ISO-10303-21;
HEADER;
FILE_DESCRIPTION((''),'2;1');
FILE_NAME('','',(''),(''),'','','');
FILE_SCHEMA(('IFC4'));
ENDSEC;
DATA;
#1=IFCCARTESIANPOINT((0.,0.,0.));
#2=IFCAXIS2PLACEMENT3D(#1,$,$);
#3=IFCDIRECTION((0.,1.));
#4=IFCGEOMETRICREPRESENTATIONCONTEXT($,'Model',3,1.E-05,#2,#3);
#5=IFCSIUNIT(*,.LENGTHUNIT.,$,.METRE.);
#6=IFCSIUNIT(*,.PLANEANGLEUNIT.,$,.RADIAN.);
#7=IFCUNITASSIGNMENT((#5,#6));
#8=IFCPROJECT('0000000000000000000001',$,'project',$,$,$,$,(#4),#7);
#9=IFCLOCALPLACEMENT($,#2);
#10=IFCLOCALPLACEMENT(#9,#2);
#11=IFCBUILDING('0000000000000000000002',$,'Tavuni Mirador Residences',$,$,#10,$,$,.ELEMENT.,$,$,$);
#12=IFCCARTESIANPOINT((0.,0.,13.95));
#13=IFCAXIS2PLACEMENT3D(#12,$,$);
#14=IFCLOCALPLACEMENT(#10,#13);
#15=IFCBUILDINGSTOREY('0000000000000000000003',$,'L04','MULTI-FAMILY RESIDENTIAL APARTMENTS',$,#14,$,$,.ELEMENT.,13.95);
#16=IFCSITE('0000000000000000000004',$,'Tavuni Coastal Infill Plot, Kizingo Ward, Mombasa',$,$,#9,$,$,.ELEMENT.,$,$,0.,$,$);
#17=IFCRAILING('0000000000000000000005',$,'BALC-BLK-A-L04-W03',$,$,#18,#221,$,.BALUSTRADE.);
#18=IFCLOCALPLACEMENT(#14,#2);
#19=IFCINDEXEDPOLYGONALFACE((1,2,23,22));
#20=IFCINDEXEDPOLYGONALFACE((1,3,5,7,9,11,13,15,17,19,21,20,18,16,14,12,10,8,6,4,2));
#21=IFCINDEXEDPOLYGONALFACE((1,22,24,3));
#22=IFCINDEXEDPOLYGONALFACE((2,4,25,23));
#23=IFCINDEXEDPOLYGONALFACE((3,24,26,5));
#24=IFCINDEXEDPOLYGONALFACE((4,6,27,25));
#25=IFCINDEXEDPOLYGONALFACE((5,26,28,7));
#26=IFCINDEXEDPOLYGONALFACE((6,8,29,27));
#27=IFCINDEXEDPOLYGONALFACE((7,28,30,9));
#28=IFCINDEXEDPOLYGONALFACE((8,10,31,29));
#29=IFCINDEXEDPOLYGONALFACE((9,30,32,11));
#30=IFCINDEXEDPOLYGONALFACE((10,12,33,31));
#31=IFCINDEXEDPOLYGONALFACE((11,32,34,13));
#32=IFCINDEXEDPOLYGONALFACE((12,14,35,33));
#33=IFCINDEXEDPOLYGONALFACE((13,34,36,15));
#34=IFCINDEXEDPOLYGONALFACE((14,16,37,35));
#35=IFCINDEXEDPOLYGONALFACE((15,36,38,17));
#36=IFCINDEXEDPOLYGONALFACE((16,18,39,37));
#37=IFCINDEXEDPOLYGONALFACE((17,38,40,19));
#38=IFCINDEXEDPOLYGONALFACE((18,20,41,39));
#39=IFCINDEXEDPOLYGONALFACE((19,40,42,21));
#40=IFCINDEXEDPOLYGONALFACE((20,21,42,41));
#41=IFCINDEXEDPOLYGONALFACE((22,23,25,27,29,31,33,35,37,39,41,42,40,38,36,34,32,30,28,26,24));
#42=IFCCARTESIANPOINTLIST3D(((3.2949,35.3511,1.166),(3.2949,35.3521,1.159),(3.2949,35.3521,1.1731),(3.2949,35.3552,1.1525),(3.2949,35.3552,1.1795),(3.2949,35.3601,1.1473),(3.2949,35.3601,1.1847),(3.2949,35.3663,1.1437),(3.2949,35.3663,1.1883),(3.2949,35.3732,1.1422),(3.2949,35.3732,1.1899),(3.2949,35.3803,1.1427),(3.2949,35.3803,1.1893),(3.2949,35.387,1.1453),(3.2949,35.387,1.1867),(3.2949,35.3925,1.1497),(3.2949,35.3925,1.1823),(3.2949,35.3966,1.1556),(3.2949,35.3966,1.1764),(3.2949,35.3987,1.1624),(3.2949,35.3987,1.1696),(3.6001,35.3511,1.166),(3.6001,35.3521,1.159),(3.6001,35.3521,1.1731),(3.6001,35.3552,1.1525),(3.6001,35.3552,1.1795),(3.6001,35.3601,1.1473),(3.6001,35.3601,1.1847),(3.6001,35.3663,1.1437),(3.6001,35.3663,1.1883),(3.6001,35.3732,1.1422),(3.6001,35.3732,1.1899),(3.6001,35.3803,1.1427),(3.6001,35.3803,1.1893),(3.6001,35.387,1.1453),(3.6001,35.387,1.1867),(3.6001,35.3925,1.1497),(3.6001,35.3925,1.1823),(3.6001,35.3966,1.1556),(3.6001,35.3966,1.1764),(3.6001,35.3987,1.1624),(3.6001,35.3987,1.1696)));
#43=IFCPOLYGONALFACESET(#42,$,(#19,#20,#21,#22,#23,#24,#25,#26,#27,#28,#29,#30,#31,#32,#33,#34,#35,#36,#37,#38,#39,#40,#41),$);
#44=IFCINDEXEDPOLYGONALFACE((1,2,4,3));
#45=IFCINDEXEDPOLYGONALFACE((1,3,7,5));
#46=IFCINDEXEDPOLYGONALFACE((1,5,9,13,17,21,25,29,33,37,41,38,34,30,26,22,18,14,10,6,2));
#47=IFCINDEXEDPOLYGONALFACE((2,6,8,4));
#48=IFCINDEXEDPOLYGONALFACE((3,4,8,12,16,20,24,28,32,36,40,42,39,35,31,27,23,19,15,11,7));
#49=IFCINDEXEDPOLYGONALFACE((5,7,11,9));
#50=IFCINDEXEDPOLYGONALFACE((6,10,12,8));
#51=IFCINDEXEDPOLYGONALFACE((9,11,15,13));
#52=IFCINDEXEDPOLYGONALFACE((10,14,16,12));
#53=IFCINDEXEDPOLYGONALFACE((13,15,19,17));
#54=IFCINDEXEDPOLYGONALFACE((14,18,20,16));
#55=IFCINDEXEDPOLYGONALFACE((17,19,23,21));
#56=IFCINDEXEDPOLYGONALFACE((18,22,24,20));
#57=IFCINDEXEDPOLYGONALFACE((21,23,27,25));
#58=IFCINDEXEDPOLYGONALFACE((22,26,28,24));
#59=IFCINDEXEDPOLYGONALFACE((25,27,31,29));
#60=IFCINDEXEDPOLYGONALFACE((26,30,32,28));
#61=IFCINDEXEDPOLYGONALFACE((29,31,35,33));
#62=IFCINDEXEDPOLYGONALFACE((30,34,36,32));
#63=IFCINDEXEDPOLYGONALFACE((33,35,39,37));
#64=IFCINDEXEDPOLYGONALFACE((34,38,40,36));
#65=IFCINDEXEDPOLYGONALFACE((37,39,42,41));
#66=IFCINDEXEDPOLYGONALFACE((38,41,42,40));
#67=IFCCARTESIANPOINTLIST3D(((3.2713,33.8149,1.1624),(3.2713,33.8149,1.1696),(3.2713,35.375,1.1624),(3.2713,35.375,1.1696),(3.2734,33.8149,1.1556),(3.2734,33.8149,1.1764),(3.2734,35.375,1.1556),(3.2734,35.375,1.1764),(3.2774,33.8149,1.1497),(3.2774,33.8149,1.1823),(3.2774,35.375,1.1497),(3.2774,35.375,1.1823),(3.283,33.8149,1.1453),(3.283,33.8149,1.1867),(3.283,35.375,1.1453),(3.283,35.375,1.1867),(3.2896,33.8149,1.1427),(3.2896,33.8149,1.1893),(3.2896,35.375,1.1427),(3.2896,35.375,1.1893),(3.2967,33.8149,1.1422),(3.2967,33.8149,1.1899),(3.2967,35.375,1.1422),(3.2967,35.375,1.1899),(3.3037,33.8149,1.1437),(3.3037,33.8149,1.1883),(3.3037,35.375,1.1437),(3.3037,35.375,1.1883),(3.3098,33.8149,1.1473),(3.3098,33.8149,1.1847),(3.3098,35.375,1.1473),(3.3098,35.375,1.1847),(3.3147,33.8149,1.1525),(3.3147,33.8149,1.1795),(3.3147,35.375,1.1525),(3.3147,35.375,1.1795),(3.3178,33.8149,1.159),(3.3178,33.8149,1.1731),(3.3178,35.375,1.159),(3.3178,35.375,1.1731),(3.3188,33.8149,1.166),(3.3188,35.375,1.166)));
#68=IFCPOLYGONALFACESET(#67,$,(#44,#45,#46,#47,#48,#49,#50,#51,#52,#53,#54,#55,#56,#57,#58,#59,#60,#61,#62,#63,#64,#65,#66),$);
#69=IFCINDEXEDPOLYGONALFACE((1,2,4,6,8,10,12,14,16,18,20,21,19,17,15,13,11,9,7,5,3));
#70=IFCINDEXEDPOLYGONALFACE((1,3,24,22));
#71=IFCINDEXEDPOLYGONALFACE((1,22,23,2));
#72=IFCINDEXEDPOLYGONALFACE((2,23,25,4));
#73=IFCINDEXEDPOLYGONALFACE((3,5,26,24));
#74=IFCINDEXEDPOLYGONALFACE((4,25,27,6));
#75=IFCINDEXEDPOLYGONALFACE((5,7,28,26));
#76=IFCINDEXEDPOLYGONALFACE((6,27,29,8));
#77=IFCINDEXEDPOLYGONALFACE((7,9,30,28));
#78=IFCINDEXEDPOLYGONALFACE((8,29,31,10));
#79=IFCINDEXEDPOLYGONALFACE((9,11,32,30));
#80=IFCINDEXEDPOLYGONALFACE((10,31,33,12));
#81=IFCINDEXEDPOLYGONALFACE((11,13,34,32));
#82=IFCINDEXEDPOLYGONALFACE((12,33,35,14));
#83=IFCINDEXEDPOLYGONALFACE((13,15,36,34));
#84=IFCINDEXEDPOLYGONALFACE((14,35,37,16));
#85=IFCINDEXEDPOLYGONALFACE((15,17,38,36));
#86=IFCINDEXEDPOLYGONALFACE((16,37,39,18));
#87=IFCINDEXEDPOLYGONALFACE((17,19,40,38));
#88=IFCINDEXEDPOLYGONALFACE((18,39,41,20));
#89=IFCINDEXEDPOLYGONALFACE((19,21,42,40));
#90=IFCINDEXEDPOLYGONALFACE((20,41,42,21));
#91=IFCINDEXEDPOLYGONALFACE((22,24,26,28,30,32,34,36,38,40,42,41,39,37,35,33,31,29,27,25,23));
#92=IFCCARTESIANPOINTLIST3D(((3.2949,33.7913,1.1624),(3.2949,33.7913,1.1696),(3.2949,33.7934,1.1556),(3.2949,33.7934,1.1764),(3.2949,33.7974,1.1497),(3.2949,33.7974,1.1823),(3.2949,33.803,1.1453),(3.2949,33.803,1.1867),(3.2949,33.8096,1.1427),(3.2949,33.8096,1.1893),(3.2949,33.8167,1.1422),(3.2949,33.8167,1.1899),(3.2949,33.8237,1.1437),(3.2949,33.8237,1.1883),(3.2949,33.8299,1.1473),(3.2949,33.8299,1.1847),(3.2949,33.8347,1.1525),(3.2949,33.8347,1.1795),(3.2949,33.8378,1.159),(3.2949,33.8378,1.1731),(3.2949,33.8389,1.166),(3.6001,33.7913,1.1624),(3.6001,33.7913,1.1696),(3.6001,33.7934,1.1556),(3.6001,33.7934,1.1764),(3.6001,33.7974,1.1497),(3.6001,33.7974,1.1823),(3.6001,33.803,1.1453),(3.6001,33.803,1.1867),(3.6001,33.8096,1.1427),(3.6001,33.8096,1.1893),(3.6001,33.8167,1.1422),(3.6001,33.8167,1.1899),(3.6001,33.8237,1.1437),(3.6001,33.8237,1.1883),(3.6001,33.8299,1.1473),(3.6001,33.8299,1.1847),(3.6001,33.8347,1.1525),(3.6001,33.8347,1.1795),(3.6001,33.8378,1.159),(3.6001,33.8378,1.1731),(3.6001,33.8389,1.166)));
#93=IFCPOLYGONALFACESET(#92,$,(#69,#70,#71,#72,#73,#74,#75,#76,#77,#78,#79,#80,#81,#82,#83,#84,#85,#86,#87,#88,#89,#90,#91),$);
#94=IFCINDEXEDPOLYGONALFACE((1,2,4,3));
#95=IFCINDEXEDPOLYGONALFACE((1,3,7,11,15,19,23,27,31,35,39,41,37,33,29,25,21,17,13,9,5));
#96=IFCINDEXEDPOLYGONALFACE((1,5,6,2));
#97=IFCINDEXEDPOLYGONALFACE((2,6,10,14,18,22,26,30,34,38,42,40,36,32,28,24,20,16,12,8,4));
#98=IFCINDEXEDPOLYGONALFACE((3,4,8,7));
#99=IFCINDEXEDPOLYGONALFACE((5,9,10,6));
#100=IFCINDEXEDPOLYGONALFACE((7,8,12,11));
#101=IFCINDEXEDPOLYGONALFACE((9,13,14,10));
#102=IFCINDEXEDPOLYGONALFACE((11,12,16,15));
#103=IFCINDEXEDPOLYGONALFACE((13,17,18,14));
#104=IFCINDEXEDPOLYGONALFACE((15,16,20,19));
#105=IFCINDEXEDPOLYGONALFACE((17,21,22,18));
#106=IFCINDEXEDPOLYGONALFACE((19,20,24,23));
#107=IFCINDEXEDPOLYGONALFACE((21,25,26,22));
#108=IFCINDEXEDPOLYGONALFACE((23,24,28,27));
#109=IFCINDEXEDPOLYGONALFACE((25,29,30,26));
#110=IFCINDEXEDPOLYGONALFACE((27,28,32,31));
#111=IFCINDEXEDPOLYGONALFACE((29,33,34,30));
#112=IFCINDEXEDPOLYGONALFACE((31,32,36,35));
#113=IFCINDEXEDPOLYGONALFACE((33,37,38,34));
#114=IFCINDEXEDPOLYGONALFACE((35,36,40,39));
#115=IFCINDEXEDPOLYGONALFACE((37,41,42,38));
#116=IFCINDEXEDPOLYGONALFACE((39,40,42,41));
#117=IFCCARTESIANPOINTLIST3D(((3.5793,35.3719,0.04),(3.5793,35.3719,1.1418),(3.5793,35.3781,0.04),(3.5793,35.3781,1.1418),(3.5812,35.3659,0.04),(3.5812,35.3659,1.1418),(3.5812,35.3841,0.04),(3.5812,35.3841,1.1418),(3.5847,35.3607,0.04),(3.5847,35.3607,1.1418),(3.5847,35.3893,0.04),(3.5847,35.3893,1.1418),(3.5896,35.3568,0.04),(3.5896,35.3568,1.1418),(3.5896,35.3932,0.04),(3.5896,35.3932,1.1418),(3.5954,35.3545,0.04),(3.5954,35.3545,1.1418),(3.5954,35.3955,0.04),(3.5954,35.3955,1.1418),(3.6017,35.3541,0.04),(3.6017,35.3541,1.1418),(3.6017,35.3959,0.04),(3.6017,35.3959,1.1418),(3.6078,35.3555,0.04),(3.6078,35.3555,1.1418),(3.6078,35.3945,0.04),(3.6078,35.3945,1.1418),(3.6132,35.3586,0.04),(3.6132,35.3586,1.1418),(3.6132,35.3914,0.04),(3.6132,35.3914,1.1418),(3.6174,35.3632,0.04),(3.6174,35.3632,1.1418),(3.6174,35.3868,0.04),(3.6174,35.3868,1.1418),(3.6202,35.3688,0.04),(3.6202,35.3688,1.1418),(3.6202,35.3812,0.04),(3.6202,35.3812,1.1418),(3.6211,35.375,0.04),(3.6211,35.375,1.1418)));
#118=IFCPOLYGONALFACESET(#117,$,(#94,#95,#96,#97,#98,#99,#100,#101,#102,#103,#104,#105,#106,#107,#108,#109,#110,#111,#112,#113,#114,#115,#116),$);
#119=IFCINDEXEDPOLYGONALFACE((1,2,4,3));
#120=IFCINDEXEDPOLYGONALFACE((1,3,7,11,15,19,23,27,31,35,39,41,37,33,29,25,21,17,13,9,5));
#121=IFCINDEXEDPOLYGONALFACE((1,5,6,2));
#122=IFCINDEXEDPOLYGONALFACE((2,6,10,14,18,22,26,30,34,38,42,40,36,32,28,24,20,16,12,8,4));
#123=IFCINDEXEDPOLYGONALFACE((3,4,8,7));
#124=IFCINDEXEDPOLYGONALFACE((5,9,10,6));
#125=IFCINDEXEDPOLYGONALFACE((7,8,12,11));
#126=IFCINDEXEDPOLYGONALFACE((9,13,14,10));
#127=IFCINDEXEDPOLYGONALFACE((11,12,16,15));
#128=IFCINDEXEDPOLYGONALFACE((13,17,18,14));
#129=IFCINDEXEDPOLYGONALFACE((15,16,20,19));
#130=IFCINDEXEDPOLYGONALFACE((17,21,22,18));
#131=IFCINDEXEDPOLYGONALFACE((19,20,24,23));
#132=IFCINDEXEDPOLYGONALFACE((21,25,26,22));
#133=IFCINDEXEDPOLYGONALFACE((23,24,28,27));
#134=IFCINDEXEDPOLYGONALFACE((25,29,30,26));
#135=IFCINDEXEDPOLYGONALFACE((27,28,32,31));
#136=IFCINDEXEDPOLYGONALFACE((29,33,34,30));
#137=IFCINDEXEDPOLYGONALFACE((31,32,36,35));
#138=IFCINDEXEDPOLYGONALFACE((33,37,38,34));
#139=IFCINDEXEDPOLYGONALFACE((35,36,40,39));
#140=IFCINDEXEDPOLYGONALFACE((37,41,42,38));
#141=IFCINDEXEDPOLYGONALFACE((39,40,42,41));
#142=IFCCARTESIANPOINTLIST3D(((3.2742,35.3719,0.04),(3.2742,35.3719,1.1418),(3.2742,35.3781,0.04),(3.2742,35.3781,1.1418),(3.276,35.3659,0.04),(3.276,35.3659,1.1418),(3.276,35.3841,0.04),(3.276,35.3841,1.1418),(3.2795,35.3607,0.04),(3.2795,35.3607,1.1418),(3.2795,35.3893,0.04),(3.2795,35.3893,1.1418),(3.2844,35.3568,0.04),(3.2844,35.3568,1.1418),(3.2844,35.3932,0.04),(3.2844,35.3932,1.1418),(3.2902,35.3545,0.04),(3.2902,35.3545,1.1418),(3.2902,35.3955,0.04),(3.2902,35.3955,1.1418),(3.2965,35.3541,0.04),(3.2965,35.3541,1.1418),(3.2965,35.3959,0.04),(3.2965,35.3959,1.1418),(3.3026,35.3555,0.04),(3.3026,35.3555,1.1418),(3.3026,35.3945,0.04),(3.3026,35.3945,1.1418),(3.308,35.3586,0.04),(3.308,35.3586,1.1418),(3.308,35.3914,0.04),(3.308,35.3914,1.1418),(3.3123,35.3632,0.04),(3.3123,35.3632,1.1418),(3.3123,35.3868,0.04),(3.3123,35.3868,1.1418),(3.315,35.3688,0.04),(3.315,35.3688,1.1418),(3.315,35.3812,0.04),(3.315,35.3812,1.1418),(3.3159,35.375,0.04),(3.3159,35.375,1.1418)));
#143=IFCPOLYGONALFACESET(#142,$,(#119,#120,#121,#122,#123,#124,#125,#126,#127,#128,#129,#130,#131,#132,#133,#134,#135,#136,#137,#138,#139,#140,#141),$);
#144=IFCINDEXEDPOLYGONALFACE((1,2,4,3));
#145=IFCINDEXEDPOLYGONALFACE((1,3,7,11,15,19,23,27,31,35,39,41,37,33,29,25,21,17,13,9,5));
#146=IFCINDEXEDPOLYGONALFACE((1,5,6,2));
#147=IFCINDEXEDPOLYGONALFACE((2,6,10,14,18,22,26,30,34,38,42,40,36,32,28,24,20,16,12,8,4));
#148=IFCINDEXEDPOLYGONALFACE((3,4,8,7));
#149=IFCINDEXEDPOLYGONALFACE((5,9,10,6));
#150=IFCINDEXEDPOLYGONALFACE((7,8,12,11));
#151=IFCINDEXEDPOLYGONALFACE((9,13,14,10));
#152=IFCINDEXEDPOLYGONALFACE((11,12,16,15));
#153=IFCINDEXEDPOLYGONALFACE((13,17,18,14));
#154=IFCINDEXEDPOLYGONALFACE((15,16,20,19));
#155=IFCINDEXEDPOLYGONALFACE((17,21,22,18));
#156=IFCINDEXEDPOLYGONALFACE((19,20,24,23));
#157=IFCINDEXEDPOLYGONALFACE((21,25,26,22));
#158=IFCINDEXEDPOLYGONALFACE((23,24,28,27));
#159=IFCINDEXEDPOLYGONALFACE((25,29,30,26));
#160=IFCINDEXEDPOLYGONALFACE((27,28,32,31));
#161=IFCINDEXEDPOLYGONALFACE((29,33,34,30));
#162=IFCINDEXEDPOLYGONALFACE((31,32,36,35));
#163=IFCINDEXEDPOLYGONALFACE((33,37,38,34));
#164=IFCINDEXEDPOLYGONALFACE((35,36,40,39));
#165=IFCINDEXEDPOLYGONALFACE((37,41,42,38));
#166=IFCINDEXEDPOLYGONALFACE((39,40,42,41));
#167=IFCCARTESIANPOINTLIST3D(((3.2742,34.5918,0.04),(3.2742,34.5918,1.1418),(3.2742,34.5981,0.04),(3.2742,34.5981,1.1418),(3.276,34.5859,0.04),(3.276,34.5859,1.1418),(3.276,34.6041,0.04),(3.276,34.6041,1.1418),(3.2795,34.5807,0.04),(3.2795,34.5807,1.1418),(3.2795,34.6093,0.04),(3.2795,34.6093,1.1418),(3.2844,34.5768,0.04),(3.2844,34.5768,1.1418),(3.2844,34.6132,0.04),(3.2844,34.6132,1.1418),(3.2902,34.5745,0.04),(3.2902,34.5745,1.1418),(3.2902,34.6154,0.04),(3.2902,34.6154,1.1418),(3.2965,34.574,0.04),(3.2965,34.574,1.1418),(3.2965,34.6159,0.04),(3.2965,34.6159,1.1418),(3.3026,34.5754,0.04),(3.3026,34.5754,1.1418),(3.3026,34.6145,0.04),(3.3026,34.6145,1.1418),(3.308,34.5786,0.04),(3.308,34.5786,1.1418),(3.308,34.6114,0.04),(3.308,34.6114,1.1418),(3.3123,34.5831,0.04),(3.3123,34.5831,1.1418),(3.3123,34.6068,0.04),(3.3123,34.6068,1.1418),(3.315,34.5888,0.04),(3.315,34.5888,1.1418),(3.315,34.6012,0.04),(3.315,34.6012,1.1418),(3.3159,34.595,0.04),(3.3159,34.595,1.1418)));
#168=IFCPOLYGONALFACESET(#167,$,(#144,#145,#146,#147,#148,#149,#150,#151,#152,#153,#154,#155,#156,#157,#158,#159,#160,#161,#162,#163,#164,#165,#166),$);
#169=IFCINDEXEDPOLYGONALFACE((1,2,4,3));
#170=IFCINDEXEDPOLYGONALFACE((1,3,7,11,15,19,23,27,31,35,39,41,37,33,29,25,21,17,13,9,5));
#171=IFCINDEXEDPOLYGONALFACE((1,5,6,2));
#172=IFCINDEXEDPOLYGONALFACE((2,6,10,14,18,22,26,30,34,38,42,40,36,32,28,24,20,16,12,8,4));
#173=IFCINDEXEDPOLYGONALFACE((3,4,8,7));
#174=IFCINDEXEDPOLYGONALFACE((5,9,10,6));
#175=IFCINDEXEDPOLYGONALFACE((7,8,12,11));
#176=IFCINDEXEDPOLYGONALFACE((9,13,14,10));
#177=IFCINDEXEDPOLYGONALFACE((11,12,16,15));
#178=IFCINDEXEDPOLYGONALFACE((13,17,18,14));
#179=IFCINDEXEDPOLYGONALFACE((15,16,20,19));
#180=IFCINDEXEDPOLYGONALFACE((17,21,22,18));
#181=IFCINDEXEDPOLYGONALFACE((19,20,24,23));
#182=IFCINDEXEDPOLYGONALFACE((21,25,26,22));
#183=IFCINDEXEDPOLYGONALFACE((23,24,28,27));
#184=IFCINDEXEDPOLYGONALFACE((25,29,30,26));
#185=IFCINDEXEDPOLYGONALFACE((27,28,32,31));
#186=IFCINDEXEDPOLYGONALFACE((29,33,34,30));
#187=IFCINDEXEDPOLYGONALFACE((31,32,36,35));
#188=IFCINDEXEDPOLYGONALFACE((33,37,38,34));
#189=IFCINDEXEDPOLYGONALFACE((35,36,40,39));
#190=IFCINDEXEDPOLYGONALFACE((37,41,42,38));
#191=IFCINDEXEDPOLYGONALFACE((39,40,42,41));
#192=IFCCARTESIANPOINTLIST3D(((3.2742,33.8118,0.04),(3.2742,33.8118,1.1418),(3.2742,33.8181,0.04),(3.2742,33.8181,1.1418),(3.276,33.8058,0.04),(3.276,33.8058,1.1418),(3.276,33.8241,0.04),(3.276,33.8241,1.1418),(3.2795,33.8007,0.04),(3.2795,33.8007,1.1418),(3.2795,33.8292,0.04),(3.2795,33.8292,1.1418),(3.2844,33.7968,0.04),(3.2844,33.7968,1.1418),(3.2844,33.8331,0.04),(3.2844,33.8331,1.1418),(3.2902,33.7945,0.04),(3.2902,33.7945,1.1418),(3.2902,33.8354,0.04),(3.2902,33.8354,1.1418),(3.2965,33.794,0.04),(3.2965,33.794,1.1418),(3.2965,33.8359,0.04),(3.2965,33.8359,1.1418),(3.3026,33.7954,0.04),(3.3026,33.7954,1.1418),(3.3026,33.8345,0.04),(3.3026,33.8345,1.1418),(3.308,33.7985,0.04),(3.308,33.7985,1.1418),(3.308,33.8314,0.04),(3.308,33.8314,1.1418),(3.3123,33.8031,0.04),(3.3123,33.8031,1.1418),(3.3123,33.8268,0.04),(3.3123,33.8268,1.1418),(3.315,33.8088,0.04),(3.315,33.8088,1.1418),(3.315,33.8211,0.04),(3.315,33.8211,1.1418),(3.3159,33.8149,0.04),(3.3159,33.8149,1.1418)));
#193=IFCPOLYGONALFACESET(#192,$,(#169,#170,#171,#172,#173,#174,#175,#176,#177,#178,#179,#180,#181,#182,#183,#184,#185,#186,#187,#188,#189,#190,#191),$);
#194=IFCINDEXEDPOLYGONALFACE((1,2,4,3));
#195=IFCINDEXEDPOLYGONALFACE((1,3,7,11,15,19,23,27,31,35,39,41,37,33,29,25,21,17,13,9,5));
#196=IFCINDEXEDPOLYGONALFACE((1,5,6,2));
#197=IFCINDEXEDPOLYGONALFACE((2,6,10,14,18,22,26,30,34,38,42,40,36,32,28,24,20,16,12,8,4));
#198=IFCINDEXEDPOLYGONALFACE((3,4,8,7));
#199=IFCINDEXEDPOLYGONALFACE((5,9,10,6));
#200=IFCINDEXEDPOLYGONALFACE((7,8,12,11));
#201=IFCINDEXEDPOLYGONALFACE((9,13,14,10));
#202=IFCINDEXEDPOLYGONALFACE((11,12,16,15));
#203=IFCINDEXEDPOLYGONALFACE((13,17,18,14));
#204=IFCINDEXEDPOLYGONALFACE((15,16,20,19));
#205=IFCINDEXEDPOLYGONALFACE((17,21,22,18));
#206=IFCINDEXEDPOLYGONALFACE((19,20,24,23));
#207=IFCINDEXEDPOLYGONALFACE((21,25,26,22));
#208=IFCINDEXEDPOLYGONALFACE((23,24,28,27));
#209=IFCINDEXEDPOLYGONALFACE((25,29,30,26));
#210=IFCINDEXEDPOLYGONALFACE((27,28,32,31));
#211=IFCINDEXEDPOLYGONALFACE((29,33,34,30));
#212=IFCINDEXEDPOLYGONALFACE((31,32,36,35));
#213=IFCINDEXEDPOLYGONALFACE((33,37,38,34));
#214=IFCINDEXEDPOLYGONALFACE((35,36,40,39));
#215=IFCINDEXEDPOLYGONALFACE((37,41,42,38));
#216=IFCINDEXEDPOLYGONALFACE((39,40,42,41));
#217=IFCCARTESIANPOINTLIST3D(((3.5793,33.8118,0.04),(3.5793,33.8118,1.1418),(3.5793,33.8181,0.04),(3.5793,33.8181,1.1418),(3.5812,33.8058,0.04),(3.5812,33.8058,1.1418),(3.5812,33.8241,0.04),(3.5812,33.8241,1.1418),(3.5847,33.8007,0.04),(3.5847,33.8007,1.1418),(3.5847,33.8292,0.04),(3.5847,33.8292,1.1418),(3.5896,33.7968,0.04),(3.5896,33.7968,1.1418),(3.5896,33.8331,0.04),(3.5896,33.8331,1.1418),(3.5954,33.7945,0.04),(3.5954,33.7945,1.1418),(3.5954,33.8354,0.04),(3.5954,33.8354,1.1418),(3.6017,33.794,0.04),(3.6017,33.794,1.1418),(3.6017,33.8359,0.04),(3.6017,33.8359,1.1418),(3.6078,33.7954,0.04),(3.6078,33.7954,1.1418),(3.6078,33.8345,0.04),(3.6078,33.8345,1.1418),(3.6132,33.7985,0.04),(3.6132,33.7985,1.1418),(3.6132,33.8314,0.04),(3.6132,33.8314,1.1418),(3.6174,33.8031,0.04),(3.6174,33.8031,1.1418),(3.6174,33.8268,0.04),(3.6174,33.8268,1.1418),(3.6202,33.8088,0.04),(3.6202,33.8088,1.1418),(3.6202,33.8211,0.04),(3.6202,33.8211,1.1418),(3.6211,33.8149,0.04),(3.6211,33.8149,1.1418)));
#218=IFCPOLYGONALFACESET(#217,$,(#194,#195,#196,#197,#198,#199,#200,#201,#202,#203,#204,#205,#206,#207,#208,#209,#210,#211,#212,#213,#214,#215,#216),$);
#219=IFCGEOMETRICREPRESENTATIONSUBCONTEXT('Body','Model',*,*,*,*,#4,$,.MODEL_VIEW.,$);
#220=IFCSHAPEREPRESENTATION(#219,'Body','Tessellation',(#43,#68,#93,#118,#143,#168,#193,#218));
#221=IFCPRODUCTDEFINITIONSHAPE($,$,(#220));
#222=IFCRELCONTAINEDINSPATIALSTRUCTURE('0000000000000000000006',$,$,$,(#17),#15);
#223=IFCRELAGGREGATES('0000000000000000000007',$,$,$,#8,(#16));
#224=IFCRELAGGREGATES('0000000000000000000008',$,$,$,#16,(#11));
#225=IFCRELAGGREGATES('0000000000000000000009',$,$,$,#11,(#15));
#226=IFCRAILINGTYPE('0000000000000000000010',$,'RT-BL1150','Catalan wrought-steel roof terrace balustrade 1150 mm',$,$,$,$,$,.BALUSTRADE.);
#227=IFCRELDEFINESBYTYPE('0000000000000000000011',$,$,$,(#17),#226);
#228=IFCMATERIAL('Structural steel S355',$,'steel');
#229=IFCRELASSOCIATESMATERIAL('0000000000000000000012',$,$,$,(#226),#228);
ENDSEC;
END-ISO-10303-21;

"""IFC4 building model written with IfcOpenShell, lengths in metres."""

from ifc_helpers import new_model, si_unit, direction, frame, origin, origin_2d, place, context, subcontext, project, spatial, circle, extrude, material, type_object, element, save


model = new_model("IFC4")

# Units and contexts
model_context = context("Model", 3, precision=1e-05, world=origin(), true_north=direction((0.0, 1.0)))
body_context = subcontext(model_context, "Body", "Model", "MODEL_VIEW")
ifc_project = project(units=[si_unit("LENGTHUNIT", "METRE"), si_unit("PLANEANGLEUNIT", "RADIAN")], contexts=[model_context])

# Site, building, storey
site_placement = place(None, origin())
site = spatial("IfcSite", under=ifc_project, at=site_placement, Name="Tavuni Coastal Infill Plot, Kizingo Ward, Mombasa", CompositionType="ELEMENT", RefElevation=0.0)
building_placement = place(site_placement, origin())
building = spatial("IfcBuilding", under=site, at=building_placement, Name="Tavuni Mirador Residences", CompositionType="ELEMENT")
storey_placement = place(building_placement, frame((0.0, 0.0, 13.95)))
storey = spatial("IfcBuildingStorey", under=building, at=storey_placement, Name="L04", Description="MULTI-FAMILY RESIDENTIAL APARTMENTS", CompositionType="ELEMENT", Elevation=13.95)

# Railing
ifc_material_1 = material(Name="Structural steel S355", Category="steel")
railing_type = type_object("IfcRailingType", Name="RT-BL1150", Description="Catalan wrought-steel roof terrace balustrade 1150 mm", PredefinedType="BALUSTRADE", material=ifc_material_1)
railing_placement = place(storey_placement, frame((3.6001, 35.375, 0.04)))
element("IfcRailing", 1, at=railing_placement, inside=storey, type_object=railing_type, Name="BALC-BLK-A-L04-W03", PredefinedType="BALUSTRADE", context=body_context, shape_type="SweptSolid", body=[
    extrude(circle(Radius=0.0239, at=origin_2d()), frame((0.0, 0.0, 1.126), z_axis=(-1.0, 0.0, 0.0), x_axis=(0.0, -1.0, 0.0)), (0.0, 0.0, 1.0), 0.3052),
    extrude(circle(Radius=0.0239, at=origin_2d()), frame((-0.3052, 0.0, 1.126), z_axis=(0.0, -1.0, 0.0), x_axis=(1.0, 0.0, 0.0)), (0.0, 0.0, 1.0), 1.5601),
    extrude(circle(Radius=0.0239, at=origin_2d()), frame((-0.3052, -1.5601, 1.126), z_axis=(1.0, 0.0, 0.0), x_axis=(0.0, 1.0, 0.0)), (0.0, 0.0, 1.0), 0.3052),
    extrude(circle(Radius=0.021, at=origin_2d()), origin(), (0.0, 0.0, 1.0), 1.1018),
    extrude(circle(Radius=0.021, at=origin_2d()), frame((-0.3052, 0.0, 0.0)), (0.0, 0.0, 1.0), 1.1018),
    extrude(circle(Radius=0.021, at=origin_2d()), frame((-0.3052, -0.78, 0.0)), (0.0, 0.0, 1.0), 1.1018),
    extrude(circle(Radius=0.021, at=origin_2d()), frame((-0.3052, -1.5601, 0.0)), (0.0, 0.0, 1.0), 1.1018),
    extrude(circle(Radius=0.021, at=origin_2d()), frame((0.0, -1.5601, 0.0)), (0.0, 0.0, 1.0), 1.1018),
])

save(model, "model.ifc")
